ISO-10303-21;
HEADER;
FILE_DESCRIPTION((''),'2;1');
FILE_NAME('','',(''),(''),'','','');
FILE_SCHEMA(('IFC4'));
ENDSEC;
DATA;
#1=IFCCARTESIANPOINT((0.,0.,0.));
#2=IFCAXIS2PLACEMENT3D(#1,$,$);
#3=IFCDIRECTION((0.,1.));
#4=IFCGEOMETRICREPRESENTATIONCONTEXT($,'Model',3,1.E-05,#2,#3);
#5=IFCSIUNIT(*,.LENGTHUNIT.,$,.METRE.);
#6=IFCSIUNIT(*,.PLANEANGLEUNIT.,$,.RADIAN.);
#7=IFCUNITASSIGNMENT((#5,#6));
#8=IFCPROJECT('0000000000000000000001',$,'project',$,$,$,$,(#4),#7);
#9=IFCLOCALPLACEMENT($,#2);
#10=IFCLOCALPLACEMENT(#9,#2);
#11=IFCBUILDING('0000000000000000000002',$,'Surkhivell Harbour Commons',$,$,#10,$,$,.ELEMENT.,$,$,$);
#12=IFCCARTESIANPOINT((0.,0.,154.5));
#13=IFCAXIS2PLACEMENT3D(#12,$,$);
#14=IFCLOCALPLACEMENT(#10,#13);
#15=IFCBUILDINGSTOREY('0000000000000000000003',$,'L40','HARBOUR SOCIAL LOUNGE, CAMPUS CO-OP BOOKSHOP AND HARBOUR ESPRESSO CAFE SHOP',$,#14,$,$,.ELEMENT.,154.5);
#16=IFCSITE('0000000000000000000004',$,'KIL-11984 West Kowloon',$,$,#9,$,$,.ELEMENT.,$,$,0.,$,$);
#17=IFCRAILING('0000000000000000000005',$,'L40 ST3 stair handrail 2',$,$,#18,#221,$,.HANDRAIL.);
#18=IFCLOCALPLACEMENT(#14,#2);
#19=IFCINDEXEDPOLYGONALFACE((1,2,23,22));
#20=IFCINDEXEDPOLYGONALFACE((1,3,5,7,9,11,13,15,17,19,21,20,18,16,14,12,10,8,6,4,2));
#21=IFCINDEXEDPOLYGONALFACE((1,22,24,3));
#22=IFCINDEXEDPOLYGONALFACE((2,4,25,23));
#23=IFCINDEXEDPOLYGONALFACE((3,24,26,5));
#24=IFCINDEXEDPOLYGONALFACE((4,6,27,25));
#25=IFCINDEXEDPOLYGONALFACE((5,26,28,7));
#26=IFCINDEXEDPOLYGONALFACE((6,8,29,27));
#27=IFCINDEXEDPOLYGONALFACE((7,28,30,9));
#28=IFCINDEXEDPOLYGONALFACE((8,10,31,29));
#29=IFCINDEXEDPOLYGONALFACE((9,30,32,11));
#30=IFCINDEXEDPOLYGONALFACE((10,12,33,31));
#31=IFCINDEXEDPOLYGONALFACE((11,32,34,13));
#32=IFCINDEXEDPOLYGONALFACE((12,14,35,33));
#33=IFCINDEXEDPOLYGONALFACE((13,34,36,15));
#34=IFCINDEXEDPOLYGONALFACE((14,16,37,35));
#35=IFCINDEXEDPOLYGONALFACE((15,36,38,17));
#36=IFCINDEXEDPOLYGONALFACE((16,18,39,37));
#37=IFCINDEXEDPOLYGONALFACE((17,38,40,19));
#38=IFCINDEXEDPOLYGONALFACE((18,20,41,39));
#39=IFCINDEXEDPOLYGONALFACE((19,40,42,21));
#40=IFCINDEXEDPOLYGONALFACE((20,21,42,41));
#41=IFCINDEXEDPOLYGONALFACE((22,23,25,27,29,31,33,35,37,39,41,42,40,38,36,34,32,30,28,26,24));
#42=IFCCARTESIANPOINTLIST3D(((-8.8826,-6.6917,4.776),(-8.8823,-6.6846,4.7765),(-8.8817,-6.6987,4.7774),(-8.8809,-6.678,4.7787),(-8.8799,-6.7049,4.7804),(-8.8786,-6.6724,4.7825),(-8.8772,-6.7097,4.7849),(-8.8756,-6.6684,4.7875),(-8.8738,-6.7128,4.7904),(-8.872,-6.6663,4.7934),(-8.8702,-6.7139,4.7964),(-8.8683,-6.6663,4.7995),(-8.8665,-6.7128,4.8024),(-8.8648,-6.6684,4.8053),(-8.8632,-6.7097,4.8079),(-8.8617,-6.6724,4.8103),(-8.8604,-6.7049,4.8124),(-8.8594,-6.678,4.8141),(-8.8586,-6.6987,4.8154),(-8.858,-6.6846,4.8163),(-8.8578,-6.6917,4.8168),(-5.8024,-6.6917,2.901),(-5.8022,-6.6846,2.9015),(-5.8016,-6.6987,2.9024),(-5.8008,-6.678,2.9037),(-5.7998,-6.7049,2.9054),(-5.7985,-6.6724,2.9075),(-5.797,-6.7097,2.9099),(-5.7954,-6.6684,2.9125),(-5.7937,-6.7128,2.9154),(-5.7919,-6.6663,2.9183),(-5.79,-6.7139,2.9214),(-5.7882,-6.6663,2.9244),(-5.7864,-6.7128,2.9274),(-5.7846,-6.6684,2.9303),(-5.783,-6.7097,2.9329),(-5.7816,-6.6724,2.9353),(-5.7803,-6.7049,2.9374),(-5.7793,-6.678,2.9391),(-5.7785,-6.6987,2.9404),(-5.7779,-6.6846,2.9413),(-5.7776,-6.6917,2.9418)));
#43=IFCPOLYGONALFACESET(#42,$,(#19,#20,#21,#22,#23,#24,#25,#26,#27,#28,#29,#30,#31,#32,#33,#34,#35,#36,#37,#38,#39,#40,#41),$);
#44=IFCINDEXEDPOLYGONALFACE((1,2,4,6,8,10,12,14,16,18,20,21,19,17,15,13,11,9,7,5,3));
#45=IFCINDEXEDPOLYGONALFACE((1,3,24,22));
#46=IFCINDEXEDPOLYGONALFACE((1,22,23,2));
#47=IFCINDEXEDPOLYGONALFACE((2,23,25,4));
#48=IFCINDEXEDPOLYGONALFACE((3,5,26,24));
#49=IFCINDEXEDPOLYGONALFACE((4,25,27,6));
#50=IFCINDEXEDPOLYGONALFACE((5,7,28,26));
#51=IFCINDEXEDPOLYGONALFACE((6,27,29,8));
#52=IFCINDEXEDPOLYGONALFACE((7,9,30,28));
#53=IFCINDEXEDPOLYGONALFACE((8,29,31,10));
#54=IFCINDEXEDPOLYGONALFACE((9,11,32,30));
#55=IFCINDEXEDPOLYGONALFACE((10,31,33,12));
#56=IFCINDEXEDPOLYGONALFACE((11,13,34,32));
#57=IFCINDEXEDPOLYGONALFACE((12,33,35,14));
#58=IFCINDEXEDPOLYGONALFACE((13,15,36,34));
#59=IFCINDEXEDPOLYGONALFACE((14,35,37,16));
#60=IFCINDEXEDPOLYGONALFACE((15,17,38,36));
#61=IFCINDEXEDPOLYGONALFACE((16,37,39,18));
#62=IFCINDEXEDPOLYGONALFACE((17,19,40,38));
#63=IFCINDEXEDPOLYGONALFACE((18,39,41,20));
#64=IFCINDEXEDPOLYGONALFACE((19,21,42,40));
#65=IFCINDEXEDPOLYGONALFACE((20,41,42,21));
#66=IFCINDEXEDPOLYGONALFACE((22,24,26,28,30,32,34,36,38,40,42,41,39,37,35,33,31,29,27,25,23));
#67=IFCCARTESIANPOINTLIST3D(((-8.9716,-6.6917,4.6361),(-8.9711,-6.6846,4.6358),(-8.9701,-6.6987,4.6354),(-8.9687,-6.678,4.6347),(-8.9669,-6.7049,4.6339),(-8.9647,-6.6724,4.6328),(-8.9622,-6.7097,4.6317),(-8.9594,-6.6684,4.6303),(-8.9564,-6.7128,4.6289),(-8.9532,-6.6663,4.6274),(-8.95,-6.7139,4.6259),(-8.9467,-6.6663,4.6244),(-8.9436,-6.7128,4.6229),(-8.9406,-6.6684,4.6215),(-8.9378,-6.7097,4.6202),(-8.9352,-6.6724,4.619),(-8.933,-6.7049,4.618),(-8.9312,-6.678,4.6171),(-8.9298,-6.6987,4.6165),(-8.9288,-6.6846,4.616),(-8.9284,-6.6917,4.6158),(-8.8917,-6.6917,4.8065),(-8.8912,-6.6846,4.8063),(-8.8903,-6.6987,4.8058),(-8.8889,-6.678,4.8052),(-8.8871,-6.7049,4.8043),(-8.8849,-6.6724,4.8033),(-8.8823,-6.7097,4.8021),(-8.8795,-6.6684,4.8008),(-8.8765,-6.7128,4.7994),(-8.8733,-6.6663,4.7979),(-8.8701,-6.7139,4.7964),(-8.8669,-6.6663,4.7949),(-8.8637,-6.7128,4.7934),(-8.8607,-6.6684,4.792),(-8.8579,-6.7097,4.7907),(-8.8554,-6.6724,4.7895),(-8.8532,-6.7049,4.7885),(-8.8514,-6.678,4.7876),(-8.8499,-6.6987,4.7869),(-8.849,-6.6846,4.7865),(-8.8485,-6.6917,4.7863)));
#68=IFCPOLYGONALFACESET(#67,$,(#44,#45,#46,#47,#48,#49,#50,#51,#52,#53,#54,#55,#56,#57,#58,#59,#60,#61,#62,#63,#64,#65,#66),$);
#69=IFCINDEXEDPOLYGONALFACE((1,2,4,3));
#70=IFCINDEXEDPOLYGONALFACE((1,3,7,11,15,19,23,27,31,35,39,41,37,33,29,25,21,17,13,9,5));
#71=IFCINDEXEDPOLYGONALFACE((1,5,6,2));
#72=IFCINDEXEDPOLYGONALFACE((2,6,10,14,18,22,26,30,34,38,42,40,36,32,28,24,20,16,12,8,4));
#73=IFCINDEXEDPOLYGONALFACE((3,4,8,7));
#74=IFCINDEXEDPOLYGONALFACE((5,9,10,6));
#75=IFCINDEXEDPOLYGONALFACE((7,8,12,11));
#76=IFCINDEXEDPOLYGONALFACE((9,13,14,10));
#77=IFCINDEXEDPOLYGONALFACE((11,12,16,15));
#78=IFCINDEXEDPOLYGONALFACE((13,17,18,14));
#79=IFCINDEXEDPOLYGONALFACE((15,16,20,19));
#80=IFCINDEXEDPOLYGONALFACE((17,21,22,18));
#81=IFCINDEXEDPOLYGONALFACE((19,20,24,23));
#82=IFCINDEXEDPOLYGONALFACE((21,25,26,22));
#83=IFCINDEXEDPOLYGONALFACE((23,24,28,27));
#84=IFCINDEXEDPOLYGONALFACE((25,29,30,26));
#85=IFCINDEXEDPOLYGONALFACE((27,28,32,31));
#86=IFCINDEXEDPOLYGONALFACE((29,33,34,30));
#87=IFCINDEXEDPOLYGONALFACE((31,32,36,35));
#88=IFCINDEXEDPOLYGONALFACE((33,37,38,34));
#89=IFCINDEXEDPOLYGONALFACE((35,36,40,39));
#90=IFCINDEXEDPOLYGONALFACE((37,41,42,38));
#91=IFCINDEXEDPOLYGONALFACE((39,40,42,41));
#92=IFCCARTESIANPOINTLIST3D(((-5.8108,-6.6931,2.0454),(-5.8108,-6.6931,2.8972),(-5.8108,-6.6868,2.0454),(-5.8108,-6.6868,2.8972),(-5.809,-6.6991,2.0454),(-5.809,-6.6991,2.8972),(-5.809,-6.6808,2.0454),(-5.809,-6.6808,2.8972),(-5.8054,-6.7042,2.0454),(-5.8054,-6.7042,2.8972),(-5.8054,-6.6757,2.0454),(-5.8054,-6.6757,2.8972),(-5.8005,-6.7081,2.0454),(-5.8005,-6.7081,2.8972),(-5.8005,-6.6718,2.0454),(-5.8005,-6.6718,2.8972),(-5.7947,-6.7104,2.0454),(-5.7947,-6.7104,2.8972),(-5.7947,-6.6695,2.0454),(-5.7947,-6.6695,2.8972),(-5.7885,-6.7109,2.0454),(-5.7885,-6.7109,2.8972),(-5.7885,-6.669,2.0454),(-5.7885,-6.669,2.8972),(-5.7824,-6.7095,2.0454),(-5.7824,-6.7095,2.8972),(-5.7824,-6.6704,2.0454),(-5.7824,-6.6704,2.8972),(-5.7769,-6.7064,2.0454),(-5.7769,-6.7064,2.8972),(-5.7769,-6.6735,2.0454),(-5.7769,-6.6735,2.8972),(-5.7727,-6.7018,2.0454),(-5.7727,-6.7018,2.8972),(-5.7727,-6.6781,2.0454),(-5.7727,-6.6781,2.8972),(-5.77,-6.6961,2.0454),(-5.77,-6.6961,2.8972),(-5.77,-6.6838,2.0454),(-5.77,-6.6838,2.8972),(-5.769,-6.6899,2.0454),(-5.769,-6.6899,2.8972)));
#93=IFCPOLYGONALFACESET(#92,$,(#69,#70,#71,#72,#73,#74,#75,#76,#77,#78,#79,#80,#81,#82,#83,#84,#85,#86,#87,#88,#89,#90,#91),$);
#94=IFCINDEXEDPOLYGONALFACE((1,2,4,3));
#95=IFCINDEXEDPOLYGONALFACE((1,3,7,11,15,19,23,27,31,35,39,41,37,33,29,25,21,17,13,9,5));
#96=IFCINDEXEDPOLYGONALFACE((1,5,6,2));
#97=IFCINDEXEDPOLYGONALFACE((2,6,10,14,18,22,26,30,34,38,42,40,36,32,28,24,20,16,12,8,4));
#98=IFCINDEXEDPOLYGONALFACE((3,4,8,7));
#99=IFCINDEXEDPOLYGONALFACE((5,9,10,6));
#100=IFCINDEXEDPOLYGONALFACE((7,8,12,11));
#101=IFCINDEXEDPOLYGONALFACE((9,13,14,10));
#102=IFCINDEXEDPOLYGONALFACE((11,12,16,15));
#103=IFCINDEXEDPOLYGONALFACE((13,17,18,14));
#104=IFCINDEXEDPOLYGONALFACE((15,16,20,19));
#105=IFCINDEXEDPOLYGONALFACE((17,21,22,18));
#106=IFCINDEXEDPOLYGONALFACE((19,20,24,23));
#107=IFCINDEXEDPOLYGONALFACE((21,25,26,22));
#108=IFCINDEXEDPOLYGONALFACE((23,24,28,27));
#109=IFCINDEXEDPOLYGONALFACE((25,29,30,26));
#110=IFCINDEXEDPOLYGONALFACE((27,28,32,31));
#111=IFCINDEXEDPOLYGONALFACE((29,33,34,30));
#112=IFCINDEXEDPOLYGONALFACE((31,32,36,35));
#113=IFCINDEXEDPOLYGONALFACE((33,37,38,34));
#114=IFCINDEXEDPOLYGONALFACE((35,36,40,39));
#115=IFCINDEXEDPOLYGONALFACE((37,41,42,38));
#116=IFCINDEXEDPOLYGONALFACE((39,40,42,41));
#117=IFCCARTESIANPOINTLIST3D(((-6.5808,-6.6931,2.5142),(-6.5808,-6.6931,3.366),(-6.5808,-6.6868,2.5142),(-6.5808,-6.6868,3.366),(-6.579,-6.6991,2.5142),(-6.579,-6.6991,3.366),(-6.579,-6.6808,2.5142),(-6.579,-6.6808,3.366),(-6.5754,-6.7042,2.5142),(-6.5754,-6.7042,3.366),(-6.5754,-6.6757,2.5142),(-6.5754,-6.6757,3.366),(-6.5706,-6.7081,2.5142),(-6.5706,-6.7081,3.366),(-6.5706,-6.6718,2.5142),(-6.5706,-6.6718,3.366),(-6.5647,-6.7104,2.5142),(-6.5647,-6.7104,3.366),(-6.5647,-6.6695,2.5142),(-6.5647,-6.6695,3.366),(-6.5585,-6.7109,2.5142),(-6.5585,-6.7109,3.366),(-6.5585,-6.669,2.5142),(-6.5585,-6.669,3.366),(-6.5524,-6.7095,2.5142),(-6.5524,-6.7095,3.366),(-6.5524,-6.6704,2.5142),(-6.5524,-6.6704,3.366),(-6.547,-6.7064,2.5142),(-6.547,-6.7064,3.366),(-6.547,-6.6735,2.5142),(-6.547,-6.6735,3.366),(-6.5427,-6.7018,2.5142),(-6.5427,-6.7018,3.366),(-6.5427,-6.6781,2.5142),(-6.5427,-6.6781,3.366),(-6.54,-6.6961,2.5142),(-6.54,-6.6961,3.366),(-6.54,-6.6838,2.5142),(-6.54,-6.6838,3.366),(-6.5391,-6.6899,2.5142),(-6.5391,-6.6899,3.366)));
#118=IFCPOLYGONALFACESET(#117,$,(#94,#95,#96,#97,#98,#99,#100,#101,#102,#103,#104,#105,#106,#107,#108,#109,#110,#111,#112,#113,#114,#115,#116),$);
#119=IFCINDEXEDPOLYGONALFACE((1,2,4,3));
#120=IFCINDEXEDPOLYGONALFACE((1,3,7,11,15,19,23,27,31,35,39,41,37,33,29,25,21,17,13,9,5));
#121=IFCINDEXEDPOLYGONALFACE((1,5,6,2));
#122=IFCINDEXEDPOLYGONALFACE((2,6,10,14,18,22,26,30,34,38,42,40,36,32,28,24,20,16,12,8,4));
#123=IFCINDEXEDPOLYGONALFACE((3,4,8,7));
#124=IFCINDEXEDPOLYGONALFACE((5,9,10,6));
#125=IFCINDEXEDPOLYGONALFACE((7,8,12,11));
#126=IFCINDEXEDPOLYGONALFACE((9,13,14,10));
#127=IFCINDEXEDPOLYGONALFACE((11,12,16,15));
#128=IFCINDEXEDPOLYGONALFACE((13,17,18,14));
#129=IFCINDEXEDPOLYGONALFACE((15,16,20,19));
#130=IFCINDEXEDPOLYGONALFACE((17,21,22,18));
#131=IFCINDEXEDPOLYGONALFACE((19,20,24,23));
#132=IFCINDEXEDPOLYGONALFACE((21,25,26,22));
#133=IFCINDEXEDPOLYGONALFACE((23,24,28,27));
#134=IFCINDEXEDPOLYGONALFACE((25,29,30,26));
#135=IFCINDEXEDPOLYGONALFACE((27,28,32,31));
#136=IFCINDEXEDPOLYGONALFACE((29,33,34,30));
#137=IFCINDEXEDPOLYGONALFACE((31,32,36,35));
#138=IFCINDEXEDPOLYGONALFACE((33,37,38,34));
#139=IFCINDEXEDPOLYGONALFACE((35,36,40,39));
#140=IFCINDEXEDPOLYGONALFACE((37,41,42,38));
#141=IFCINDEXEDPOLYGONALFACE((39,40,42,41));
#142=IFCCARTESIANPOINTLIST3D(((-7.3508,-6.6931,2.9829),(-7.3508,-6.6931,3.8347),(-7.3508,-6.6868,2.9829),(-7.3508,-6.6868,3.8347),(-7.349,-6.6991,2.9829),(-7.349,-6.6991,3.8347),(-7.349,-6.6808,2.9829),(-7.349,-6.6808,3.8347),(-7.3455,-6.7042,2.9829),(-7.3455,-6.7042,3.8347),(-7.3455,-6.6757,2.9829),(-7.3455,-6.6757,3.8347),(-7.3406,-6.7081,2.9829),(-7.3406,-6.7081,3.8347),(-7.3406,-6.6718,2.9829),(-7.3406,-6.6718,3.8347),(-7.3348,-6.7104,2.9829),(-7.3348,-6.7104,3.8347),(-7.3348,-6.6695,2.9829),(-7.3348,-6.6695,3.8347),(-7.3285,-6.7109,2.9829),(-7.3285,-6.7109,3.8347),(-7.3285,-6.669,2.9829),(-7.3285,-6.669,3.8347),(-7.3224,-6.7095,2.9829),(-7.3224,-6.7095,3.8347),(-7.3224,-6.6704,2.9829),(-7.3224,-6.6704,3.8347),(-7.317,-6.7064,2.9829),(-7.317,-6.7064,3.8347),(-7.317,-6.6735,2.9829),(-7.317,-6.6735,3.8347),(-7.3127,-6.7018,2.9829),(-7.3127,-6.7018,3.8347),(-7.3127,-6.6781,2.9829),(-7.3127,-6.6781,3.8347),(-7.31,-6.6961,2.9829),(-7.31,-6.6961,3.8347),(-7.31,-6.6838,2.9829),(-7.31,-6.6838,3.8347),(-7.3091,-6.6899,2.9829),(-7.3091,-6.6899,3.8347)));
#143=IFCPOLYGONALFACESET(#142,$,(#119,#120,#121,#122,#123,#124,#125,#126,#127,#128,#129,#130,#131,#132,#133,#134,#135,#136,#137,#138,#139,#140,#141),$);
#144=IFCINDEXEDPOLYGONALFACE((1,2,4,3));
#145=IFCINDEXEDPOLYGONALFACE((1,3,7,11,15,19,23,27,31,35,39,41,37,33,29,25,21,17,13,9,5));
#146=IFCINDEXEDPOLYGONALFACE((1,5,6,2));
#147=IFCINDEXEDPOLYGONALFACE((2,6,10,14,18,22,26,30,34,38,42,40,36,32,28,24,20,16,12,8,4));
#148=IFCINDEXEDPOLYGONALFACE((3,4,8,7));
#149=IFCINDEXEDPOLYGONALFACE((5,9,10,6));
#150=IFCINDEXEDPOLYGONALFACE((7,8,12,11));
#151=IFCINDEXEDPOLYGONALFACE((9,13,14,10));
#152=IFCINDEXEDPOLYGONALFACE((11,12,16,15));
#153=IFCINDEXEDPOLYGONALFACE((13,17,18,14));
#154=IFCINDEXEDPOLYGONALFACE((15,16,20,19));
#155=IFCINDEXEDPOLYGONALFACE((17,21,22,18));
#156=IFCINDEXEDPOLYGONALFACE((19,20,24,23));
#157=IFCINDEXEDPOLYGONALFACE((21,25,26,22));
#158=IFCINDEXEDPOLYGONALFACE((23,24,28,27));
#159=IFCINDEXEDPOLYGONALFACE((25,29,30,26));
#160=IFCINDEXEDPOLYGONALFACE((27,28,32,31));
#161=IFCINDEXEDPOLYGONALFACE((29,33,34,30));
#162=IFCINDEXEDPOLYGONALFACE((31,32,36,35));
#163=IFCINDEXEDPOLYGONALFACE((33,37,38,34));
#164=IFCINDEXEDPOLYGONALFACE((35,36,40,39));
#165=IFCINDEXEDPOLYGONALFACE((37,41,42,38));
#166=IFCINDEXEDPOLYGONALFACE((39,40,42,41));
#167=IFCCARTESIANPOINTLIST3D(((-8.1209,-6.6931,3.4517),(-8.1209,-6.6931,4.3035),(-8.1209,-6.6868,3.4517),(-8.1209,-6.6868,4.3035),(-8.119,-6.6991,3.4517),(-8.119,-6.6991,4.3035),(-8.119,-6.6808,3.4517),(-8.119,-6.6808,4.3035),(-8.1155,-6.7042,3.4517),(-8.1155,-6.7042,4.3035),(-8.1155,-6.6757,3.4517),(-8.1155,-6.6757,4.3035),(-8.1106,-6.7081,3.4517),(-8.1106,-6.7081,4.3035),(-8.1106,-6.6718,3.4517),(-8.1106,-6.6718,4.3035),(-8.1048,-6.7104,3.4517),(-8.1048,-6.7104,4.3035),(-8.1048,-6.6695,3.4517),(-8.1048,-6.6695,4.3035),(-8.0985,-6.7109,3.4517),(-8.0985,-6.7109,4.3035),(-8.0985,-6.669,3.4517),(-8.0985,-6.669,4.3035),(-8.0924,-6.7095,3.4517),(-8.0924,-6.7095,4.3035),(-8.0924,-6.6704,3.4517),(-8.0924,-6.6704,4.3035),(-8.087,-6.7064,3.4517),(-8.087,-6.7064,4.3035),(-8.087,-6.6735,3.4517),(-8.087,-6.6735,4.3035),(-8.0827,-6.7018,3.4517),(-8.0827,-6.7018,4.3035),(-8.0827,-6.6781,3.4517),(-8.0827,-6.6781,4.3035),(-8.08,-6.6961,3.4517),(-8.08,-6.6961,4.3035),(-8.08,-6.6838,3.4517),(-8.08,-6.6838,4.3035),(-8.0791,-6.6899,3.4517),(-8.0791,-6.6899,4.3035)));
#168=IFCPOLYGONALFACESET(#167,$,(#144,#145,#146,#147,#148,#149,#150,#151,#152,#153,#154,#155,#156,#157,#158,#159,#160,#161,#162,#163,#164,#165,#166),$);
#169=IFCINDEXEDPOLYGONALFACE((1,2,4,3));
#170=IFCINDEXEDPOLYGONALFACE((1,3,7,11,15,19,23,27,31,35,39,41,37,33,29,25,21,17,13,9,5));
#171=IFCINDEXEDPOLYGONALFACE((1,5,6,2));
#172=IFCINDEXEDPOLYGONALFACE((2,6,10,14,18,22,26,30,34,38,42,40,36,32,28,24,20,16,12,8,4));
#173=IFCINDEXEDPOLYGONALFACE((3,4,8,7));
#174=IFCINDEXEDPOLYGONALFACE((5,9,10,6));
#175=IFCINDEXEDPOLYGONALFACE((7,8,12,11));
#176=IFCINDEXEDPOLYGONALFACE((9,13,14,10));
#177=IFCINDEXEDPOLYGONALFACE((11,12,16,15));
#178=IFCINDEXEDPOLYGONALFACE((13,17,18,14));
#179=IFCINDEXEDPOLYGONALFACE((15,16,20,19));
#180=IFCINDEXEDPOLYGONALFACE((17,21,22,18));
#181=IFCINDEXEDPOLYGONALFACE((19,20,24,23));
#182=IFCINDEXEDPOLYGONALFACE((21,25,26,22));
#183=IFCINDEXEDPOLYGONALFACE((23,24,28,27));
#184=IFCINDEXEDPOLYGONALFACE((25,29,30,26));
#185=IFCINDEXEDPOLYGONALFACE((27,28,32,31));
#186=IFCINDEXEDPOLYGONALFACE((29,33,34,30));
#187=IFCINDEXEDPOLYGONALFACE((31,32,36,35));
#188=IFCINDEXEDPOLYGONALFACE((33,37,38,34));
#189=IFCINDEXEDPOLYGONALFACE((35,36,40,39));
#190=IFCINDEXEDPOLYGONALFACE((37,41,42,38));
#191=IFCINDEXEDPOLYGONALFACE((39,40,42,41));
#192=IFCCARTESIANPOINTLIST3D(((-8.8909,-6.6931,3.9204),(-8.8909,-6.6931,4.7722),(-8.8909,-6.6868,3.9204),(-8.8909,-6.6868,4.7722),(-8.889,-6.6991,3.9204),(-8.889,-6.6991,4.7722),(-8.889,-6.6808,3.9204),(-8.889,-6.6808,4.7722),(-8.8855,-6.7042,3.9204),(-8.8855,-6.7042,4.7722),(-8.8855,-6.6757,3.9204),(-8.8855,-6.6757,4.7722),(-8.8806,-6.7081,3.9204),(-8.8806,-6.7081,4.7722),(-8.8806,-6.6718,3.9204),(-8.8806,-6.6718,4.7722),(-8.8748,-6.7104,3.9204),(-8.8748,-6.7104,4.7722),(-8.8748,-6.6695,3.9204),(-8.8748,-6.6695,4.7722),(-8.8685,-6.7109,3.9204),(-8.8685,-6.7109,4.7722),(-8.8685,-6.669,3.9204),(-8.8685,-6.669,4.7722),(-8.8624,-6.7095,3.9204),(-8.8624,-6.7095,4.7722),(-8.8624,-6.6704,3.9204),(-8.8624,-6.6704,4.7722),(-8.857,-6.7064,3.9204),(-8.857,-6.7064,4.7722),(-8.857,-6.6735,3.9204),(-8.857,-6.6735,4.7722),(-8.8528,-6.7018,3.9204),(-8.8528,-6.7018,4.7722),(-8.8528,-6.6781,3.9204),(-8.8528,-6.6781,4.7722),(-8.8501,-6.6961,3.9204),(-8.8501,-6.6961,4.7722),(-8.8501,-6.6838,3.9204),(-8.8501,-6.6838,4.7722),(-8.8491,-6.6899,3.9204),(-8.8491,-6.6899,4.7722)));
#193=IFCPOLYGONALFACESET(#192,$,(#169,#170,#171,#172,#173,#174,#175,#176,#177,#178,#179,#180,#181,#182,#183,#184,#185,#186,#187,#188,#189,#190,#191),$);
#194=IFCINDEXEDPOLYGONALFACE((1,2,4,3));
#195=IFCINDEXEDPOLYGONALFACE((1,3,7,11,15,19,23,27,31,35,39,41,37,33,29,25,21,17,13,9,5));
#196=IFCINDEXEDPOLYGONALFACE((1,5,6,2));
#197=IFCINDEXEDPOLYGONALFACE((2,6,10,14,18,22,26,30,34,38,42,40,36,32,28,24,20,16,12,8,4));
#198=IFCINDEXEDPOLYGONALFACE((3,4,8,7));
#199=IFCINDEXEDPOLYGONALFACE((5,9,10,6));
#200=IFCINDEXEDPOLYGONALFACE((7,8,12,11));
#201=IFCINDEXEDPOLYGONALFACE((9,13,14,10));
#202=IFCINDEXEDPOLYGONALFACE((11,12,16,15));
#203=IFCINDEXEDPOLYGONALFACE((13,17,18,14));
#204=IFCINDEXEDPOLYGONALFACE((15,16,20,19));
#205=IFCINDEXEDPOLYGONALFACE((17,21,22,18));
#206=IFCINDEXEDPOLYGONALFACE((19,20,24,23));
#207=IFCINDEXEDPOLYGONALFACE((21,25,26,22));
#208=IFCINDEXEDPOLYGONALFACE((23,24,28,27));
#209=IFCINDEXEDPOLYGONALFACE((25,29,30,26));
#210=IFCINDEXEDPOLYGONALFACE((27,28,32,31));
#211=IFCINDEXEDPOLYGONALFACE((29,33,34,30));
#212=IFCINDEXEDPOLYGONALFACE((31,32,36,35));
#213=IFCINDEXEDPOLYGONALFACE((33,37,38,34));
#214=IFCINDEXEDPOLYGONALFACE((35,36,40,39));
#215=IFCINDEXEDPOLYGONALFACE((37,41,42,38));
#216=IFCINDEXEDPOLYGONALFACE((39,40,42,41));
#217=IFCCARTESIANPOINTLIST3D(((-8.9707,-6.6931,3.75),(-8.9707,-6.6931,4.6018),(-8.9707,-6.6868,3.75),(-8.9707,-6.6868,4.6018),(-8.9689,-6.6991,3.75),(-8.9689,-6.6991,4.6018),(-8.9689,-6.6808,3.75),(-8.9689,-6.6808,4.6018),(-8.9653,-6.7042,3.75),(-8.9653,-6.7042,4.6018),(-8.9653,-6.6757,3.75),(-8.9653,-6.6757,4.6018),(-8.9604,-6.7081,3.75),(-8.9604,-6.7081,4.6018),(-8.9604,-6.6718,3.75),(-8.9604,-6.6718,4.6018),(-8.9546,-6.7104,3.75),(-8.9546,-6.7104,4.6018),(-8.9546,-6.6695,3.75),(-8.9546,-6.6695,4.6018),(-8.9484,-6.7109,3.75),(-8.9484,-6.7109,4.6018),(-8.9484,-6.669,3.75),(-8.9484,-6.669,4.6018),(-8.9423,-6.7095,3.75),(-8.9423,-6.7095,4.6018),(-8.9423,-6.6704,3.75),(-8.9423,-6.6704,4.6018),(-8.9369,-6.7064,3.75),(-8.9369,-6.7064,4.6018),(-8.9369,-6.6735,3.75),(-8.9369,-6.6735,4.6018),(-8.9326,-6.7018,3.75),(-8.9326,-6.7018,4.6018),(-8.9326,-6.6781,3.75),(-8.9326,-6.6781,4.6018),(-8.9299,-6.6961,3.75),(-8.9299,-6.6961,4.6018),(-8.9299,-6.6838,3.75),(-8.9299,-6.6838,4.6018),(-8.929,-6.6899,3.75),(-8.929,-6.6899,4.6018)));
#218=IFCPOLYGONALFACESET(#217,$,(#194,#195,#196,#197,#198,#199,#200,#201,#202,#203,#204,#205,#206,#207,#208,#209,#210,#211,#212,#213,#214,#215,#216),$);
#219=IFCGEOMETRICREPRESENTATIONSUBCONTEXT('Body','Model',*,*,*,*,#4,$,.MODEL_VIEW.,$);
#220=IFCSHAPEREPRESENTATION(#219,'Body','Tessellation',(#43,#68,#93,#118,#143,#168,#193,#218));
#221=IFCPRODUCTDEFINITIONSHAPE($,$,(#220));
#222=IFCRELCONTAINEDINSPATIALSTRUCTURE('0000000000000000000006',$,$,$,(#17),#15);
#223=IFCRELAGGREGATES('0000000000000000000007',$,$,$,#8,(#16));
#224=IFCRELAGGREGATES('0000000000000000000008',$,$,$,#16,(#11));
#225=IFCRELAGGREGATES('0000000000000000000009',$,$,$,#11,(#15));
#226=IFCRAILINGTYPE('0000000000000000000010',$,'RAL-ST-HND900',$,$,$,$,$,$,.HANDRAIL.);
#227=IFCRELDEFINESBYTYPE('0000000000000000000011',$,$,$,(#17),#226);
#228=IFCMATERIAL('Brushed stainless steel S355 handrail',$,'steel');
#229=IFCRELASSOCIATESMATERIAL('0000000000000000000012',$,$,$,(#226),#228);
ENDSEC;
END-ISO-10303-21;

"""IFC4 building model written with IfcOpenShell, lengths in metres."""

from ifc_helpers import new_model, si_unit, direction, frame, origin, origin_2d, place, context, subcontext, project, spatial, circle, extrude, material, type_object, element, save


model = new_model("IFC4")

# Units and contexts
model_context = context("Model", 3, precision=1e-05, world=origin(), true_north=direction((0.0, 1.0)))
body_context = subcontext(model_context, "Body", "Model", "MODEL_VIEW")
ifc_project = project(units=[si_unit("LENGTHUNIT", "METRE"), si_unit("PLANEANGLEUNIT", "RADIAN")], contexts=[model_context])

# Site, building, storey
site_placement = place(None, origin())
site = spatial("IfcSite", under=ifc_project, at=site_placement, Name="KIL-11984 West Kowloon", CompositionType="ELEMENT", RefElevation=0.0)
building_placement = place(site_placement, origin())
building = spatial("IfcBuilding", under=site, at=building_placement, Name="Surkhivell Harbour Commons", CompositionType="ELEMENT")
storey_placement = place(building_placement, frame((0.0, 0.0, 154.5)))
storey = spatial("IfcBuildingStorey", under=building, at=storey_placement, Name="L40", Description="HARBOUR SOCIAL LOUNGE, CAMPUS CO-OP BOOKSHOP AND HARBOUR ESPRESSO CAFE SHOP", CompositionType="ELEMENT", Elevation=154.5)

# Railing
ifc_material_1 = material(Name="Brushed stainless steel S355 handrail", Category="steel")
railing_type_1 = type_object("IfcRailingType", Name="RAL-ST-HND900", PredefinedType="HANDRAIL", material=ifc_material_1)
railing_1_placement = place(storey_placement, frame((-5.79, -6.6899, 2.0454)))
element("IfcRailing", 1, at=railing_1_placement, inside=storey, type_object=railing_type_1, Name="L40 ST3 stair handrail 2", PredefinedType="HANDRAIL", context=body_context, shape_type="SweptSolid", body=[
    extrude(circle(Radius=0.0239, at=origin_2d()), frame((0.0, 0.0, 0.876), z_axis=(-0.854178, 0.0, 0.519981), x_axis=(0.0, -1.0, 0.0)), (0.0, 0.0, 1.0), 3.606),
    extrude(circle(Radius=0.0239, at=origin_2d()), frame((-3.0801, 0.0, 2.751), z_axis=(-0.424234, 0.0, -0.905552), x_axis=(0.0, -1.0, 0.0)), (0.0, 0.0, 1.0), 0.1882),
    extrude(circle(Radius=0.021, at=origin_2d()), origin(), (0.0, 0.0, 1.0), 0.8518),
    extrude(circle(Radius=0.021, at=origin_2d()), frame((-0.77, 0.0, 0.4688)), (0.0, 0.0, 1.0), 0.8518),
    extrude(circle(Radius=0.021, at=origin_2d()), frame((-1.54, 0.0, 0.9375)), (0.0, 0.0, 1.0), 0.8518),
    extrude(circle(Radius=0.021, at=origin_2d()), frame((-2.3101, 0.0, 1.4062)), (0.0, 0.0, 1.0), 0.8518),
    extrude(circle(Radius=0.021, at=origin_2d()), frame((-3.0801, 0.0, 1.875)), (0.0, 0.0, 1.0), 0.8518),
    extrude(circle(Radius=0.021, at=origin_2d()), frame((-3.1599, 0.0, 1.7046)), (0.0, 0.0, 1.0), 0.8518),
])

save(model, "model.ifc")
